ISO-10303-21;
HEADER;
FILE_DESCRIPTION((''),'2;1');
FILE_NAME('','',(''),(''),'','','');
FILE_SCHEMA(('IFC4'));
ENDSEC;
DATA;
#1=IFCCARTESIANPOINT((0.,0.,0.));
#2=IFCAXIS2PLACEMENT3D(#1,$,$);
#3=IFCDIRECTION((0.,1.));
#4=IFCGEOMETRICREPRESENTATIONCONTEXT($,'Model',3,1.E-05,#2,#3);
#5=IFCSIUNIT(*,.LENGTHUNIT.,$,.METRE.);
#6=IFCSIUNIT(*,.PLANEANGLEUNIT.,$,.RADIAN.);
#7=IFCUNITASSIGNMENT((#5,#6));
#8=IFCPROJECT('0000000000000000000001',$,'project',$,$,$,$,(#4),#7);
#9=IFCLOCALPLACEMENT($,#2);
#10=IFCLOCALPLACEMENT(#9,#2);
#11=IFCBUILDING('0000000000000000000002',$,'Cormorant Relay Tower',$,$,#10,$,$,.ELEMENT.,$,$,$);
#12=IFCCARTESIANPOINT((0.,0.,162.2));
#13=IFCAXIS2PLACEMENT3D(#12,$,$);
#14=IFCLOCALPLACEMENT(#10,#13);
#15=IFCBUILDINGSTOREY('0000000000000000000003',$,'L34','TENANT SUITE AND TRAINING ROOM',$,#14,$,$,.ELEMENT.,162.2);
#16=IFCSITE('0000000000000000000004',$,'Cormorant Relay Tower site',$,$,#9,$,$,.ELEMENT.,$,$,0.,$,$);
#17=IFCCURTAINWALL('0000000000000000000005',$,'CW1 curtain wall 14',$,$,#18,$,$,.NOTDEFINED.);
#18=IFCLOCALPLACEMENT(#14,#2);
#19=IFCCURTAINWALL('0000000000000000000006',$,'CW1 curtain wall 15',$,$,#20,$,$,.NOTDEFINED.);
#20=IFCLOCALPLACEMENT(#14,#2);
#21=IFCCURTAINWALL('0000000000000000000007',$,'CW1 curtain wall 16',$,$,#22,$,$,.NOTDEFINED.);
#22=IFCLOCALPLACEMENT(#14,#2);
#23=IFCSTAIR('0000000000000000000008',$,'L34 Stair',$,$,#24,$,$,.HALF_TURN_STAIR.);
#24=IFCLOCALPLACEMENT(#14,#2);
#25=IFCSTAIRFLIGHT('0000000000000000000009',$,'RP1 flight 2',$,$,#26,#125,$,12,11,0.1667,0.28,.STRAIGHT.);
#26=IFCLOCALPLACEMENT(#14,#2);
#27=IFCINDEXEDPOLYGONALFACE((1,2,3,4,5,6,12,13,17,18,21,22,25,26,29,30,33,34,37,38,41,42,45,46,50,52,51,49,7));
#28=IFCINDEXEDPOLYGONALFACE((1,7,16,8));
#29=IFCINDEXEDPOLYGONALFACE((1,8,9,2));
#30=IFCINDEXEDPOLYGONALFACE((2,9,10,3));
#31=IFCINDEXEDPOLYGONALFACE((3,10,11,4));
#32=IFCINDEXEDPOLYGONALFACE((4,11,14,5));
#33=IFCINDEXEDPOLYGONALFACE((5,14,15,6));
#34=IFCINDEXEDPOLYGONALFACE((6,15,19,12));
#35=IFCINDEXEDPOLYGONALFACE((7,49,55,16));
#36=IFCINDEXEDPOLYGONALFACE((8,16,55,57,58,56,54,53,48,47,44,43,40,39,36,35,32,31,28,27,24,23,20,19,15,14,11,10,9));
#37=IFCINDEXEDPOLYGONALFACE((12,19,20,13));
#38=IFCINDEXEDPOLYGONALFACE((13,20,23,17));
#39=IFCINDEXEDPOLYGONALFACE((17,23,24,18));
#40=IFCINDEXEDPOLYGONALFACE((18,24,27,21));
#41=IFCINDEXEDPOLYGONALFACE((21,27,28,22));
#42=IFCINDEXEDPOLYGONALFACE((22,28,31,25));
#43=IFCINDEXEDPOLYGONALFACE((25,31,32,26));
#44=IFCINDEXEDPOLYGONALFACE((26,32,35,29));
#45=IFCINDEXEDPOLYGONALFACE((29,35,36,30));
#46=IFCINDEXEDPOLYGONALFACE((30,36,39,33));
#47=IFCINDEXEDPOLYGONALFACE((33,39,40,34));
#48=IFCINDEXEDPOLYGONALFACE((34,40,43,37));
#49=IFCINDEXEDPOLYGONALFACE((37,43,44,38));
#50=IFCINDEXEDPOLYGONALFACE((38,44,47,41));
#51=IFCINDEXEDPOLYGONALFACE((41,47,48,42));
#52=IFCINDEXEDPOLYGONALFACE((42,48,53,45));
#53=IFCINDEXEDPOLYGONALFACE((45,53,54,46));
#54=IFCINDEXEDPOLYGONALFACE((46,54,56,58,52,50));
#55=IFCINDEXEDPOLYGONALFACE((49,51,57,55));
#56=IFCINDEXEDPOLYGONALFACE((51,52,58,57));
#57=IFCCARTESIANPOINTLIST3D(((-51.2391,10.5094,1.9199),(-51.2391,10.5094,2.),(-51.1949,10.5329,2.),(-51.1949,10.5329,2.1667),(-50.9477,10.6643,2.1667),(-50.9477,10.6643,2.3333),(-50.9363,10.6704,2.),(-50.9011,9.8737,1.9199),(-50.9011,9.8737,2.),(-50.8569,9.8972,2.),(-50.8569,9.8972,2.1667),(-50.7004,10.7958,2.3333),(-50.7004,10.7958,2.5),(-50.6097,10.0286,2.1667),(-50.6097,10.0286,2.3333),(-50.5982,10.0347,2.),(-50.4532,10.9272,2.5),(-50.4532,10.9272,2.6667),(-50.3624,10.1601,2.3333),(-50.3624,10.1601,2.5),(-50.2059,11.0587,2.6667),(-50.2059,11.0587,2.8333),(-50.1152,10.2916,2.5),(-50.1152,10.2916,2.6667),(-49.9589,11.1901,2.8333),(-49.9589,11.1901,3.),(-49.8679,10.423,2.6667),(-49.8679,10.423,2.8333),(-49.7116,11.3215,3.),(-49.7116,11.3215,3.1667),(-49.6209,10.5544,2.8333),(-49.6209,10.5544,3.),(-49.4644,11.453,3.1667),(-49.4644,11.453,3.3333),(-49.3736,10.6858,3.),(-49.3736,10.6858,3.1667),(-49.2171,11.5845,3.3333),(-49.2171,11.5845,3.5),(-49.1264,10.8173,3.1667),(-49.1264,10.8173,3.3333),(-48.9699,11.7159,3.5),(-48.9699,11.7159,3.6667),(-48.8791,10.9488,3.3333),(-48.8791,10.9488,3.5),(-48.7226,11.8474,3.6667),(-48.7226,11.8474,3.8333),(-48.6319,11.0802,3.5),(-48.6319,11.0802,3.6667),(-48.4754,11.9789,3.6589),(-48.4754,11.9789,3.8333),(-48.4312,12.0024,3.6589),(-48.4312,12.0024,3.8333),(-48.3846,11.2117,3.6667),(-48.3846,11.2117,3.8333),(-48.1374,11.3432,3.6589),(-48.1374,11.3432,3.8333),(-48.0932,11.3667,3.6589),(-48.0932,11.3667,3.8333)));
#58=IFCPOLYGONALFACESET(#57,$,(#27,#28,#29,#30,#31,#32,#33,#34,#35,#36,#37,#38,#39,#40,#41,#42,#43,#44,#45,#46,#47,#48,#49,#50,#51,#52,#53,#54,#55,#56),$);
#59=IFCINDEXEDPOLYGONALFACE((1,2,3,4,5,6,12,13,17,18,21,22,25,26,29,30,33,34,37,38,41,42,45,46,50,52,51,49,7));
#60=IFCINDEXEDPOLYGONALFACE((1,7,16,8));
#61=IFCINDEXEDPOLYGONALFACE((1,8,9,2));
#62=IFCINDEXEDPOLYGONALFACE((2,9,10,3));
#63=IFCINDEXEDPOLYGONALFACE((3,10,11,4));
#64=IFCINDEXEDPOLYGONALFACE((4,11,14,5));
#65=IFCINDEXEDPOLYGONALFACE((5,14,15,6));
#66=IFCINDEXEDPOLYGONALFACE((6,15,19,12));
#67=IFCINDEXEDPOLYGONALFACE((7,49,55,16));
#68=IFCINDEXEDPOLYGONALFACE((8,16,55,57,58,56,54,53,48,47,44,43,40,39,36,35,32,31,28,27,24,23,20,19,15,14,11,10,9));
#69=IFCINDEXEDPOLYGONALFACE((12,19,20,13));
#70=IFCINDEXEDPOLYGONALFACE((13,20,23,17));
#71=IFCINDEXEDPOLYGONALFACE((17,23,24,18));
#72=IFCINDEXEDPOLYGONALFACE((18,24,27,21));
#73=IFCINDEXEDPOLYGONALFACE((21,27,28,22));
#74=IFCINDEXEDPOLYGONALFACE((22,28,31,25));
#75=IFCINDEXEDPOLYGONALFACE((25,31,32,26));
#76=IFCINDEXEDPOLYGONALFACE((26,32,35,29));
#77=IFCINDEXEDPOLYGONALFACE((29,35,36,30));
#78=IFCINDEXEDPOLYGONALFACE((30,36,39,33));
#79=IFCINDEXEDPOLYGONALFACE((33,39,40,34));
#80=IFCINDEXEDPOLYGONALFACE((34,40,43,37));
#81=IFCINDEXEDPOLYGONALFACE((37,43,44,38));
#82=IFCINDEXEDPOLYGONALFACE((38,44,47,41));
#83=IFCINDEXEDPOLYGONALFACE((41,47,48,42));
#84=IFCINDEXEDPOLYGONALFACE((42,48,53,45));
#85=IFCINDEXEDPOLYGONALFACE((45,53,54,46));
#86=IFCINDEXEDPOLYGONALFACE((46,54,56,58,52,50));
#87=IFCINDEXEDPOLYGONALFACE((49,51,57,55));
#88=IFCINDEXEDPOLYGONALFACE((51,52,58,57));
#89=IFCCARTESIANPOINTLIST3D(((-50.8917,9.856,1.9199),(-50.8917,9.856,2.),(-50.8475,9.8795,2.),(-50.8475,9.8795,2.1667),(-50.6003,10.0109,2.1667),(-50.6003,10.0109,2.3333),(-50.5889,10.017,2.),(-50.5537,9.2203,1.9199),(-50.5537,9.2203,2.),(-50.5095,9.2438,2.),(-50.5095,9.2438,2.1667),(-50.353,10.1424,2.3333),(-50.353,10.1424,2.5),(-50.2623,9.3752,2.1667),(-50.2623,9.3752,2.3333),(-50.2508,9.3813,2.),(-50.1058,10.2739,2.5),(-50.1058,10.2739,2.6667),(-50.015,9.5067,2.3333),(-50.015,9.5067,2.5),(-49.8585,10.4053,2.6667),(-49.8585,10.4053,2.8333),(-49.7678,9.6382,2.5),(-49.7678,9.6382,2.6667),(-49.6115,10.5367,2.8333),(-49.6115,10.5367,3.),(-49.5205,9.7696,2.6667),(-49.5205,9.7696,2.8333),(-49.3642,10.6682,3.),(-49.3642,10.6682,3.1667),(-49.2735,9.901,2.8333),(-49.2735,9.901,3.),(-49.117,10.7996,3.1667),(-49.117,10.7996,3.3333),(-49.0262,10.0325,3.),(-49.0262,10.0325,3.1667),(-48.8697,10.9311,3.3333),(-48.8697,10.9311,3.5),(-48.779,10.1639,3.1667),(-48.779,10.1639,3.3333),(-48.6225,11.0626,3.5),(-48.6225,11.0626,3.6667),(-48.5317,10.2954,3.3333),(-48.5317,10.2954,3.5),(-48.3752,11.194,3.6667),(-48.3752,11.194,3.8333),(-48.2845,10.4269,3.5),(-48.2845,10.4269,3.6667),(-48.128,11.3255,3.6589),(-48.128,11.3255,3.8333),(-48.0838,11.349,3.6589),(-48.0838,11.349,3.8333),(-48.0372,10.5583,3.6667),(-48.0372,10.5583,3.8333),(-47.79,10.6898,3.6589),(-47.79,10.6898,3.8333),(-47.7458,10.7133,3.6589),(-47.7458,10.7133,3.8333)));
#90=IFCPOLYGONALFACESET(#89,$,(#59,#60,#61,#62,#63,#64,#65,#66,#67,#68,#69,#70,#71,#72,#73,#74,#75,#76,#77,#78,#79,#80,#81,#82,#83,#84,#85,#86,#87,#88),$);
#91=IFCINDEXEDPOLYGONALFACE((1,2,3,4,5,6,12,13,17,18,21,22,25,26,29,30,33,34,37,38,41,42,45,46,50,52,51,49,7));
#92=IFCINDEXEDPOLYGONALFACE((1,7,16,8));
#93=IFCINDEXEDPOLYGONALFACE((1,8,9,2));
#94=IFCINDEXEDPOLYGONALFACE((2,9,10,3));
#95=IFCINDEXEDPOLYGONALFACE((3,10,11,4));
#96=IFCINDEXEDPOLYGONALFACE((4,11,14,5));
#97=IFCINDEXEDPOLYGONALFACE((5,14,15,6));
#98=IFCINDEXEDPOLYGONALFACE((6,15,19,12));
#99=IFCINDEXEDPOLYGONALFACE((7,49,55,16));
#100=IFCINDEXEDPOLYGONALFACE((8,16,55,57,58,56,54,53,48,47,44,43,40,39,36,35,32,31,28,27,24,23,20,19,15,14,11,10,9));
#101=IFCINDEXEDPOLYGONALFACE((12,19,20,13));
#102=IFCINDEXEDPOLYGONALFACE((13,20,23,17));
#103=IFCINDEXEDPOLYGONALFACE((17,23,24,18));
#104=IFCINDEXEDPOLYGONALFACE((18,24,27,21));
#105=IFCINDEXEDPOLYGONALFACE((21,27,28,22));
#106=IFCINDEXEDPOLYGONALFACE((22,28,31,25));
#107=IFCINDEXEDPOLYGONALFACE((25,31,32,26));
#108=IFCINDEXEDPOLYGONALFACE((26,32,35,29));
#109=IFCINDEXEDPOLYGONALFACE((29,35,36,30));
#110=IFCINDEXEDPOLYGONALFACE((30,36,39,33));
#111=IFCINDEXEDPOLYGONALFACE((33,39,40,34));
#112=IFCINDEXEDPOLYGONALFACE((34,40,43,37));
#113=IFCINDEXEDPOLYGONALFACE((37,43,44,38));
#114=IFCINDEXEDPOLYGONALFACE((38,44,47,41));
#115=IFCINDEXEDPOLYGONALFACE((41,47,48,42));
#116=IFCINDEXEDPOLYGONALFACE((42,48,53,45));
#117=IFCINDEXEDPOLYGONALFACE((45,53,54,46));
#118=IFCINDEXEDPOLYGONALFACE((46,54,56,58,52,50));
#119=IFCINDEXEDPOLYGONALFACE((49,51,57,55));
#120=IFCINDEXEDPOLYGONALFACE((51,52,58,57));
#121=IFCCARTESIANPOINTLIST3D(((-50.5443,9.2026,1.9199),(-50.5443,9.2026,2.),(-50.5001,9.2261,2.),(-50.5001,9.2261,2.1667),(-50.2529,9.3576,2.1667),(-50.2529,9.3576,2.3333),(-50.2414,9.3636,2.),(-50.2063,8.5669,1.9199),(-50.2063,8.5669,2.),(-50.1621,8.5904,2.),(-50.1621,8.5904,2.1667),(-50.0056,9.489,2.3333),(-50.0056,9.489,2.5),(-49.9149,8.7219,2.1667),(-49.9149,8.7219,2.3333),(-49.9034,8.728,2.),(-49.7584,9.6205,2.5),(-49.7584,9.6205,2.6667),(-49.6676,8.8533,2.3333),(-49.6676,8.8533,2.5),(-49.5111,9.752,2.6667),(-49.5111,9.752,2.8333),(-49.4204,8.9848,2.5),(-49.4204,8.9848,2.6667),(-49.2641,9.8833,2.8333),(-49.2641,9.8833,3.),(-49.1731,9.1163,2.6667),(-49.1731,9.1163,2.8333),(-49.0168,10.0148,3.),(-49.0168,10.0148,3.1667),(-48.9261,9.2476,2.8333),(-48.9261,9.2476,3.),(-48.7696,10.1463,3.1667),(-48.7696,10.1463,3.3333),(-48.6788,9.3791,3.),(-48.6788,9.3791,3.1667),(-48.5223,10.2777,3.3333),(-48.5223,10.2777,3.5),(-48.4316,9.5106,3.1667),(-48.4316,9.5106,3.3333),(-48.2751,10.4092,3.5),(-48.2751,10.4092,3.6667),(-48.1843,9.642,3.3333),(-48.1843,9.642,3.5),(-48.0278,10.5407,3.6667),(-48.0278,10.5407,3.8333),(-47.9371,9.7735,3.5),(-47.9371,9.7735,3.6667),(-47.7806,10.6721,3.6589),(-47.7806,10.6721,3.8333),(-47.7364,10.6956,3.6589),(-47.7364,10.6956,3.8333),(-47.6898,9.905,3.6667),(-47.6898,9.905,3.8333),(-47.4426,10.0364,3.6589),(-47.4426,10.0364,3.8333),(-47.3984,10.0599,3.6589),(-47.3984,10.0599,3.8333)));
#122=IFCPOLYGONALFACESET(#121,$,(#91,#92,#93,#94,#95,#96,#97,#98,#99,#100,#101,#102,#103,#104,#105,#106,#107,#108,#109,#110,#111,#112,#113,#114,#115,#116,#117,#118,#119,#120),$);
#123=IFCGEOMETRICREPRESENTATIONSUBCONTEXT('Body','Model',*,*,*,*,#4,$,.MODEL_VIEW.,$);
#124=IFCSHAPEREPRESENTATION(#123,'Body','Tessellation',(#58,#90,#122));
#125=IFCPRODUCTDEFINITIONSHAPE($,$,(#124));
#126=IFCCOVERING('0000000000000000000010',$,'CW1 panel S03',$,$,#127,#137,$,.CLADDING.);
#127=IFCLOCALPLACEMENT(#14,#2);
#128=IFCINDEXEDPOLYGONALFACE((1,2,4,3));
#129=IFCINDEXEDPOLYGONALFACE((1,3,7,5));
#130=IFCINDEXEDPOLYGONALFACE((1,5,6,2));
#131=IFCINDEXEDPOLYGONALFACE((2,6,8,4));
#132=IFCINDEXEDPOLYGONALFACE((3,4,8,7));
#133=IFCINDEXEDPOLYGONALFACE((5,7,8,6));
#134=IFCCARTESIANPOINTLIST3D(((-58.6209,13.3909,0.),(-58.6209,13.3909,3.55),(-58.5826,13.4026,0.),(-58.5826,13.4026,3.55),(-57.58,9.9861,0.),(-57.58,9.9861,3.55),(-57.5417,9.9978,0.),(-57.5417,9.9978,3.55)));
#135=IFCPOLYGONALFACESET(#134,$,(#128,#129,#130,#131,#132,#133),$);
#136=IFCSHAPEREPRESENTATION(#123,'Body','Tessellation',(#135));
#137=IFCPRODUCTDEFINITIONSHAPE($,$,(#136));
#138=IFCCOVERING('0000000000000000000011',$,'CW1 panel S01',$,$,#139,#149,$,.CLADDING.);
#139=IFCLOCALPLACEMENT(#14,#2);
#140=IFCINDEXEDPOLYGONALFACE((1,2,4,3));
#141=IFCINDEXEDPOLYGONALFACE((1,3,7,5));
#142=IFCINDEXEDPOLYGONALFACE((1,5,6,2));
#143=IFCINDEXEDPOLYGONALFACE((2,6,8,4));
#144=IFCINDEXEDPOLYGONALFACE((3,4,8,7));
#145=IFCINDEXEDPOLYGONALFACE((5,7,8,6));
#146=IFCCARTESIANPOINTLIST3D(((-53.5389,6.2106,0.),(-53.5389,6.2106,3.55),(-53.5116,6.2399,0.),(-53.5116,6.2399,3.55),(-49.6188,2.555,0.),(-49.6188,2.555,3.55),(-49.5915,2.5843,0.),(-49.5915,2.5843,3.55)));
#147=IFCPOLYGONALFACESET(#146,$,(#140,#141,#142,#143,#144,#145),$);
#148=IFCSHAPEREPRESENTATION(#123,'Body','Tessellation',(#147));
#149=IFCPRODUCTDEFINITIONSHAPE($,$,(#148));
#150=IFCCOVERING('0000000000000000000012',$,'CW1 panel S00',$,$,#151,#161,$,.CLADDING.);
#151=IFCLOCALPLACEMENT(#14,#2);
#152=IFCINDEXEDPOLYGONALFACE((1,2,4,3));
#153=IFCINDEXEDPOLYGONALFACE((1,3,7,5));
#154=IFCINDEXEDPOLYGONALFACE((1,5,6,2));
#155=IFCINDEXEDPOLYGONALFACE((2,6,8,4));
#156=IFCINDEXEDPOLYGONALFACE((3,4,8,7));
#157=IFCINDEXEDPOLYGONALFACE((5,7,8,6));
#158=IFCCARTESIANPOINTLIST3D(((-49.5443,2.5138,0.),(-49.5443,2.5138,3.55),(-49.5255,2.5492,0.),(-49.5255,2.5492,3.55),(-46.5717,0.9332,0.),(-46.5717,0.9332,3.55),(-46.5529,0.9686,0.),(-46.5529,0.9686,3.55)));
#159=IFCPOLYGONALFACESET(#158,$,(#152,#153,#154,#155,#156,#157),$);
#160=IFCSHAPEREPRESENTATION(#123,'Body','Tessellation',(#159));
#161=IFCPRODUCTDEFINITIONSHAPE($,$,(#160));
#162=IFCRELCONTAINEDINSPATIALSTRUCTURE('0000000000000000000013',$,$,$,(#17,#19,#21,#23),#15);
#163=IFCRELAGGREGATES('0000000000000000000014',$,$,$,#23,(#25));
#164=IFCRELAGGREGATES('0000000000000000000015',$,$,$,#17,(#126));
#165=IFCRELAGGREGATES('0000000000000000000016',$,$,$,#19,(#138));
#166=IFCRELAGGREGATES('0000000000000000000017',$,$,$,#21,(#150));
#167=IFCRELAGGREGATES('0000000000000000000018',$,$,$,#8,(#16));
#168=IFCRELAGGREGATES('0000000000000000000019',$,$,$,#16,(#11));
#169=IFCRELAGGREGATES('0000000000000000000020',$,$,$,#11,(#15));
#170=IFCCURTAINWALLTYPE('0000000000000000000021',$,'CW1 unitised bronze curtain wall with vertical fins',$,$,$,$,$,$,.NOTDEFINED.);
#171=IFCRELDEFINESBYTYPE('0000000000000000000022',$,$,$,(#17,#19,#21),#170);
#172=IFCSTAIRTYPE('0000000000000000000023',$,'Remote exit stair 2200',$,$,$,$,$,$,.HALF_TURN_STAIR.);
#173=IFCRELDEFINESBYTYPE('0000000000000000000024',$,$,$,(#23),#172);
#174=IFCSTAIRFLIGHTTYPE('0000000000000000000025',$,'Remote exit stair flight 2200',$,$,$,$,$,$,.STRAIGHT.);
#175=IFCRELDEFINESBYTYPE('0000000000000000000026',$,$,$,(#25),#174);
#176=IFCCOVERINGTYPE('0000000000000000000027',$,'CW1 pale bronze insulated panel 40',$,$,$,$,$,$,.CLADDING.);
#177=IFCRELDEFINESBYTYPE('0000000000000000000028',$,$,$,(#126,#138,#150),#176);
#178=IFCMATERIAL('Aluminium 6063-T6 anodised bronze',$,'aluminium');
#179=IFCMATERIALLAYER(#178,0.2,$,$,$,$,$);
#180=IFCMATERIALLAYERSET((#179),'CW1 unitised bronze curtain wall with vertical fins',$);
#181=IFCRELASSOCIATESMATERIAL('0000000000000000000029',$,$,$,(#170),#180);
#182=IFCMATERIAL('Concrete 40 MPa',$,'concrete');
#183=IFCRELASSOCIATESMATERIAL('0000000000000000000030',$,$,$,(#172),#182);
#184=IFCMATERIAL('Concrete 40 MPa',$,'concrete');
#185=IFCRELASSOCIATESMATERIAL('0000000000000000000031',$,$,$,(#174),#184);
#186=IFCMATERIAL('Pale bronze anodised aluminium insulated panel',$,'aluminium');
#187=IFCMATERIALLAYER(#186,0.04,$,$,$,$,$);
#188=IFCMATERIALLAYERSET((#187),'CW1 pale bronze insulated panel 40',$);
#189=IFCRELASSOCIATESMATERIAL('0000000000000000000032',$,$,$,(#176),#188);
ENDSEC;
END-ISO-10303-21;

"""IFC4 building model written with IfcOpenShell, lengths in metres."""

from ifc_helpers import new_model, si_unit, direction, frame, origin, origin_2d, place, context, subcontext, project, spatial, polyline, rectangle, outline, extrude, material, layer, layer_set, type_object, element, aggregate, save


model = new_model("IFC4")

# Units and contexts
model_context = context("Model", 3, precision=1e-05, world=origin(), true_north=direction((0.0, 1.0)))
body_context = subcontext(model_context, "Body", "Model", "MODEL_VIEW")
ifc_project = project(units=[si_unit("LENGTHUNIT", "METRE"), si_unit("PLANEANGLEUNIT", "RADIAN")], contexts=[model_context])

# Site, building, storey
site_placement = place(None, origin())
site = spatial("IfcSite", under=ifc_project, at=site_placement, Name="Cormorant Relay Tower site", CompositionType="ELEMENT", RefElevation=0.0)
building_placement = place(site_placement, origin())
building = spatial("IfcBuilding", under=site, at=building_placement, Name="Cormorant Relay Tower", CompositionType="ELEMENT")
storey_placement = place(building_placement, frame((0.0, 0.0, 162.2)))
storey = spatial("IfcBuildingStorey", under=building, at=storey_placement, Name="L34", Description="TENANT SUITE AND TRAINING ROOM", CompositionType="ELEMENT", Elevation=162.2)

# Curtain wall
ifc_material_1 = material(Name="Aluminium 6063-T6 anodised bronze", Category="aluminium")
ifc_layer_1 = layer(ifc_material_1, 0.2)
ifc_layer_set_1 = layer_set([ifc_layer_1], Name="CW1 unitised bronze curtain wall with vertical fins")
curtain_wall_type = type_object("IfcCurtainWallType", Name="CW1 unitised bronze curtain wall with vertical fins", PredefinedType="NOTDEFINED", material=ifc_layer_set_1)
curtain_wall_1_placement = place(storey_placement, origin())
curtain_wall_1 = element("IfcCurtainWall", 1, at=curtain_wall_1_placement, inside=storey, type_object=curtain_wall_type, Name="CW1 curtain wall 14", PredefinedType="NOTDEFINED")

# Curtain wall
curtain_wall_2_placement = place(storey_placement, origin())
curtain_wall_2 = element("IfcCurtainWall", 2, at=curtain_wall_2_placement, inside=storey, type_object=curtain_wall_type, Name="CW1 curtain wall 15", PredefinedType="NOTDEFINED")

# Curtain wall
curtain_wall_3_placement = place(storey_placement, origin())
curtain_wall_3 = element("IfcCurtainWall", 3, at=curtain_wall_3_placement, inside=storey, type_object=curtain_wall_type, Name="CW1 curtain wall 16", PredefinedType="NOTDEFINED")

# Stair, stair flight
ifc_material_2 = material(Name="Concrete 40 MPa", Category="concrete")
stair_type = type_object("IfcStairType", Name="Remote exit stair 2200", PredefinedType="HALF_TURN_STAIR", material=ifc_material_2)
stair_placement = place(storey_placement, origin())
stair = element("IfcStair", 4, at=stair_placement, inside=storey, type_object=stair_type, Name="L34 Stair", PredefinedType="HALF_TURN_STAIR")
ifc_material_3 = material(Name="Concrete 40 MPa", Category="concrete")
stair_flight_type = type_object("IfcStairFlightType", Name="Remote exit stair flight 2200", PredefinedType="STRAIGHT", material=ifc_material_3)
stair_flight_1_placement = place(storey_placement, frame((-50.6785, 9.5615, 2.0), z_axis=(0.0, 0.0, 1.0), x_axis=(0.882948, 0.469472, 0.0)))
stair_flight_1 = element("IfcStairFlight", 5, at=stair_flight_1_placement, type_object=stair_flight_type, Name="RP1 flight 2", NumberOfRisers=12, NumberOfTreads=11, PredefinedType="STRAIGHT", RiserHeight=0.1667, TreadLength=0.28, context=body_context, shape_type="SweptSolid", body=[
    extrude(outline(polyline([(-0.05, -0.0801), (-0.05, 0.0), (0.0, 0.0), (0.0, 0.1667), (0.28, 0.1667), (0.28, 0.3333), (0.5601, 0.3333), (0.5601, 0.5), (0.8401, 0.5), (0.8401, 0.6667), (1.1201, 0.6667), (1.1201, 0.8333), (1.3999, 0.8333), (1.3999, 1.0), (1.6799, 1.0), (1.6799, 1.1667), (1.96, 1.1667), (1.96, 1.3333), (2.24, 1.3333), (2.24, 1.5), (2.52, 1.5), (2.52, 1.6667), (2.8, 1.6667), (2.8, 1.8333), (3.0801, 1.8333), (3.1301, 1.8333), (3.1301, 1.6589), (3.0801, 1.6589), (0.293, 0.0), (-0.05, -0.0801)])), frame((0.0, 1.1001, 0.0), z_axis=(0.0, -1.0, 0.0), x_axis=(1.0, 0.0, 0.0)), (0.0, 0.0, 1.0), 0.72),
    extrude(outline(polyline([(-0.05, -0.0801), (-0.05, 0.0), (0.0, 0.0), (0.0, 0.1667), (0.28, 0.1667), (0.28, 0.3333), (0.5601, 0.3333), (0.5601, 0.5), (0.8401, 0.5), (0.8401, 0.6667), (1.1201, 0.6667), (1.1201, 0.8333), (1.3999, 0.8333), (1.3999, 1.0), (1.6799, 1.0), (1.6799, 1.1667), (1.96, 1.1667), (1.96, 1.3333), (2.24, 1.3333), (2.24, 1.5), (2.52, 1.5), (2.52, 1.6667), (2.8, 1.6667), (2.8, 1.8333), (3.0801, 1.8333), (3.1301, 1.8333), (3.1301, 1.6589), (3.0801, 1.6589), (0.293, 0.0), (-0.05, -0.0801)])), frame((0.0, 0.3601, 0.0), z_axis=(0.0, -1.0, 0.0), x_axis=(1.0, 0.0, 0.0)), (0.0, 0.0, 1.0), 0.72),
    extrude(outline(polyline([(-0.05, -0.0801), (-0.05, 0.0), (0.0, 0.0), (0.0, 0.1667), (0.28, 0.1667), (0.28, 0.3333), (0.5601, 0.3333), (0.5601, 0.5), (0.8401, 0.5), (0.8401, 0.6667), (1.1201, 0.6667), (1.1201, 0.8333), (1.3999, 0.8333), (1.3999, 1.0), (1.6799, 1.0), (1.6799, 1.1667), (1.96, 1.1667), (1.96, 1.3333), (2.24, 1.3333), (2.24, 1.5), (2.52, 1.5), (2.52, 1.6667), (2.8, 1.6667), (2.8, 1.8333), (3.0801, 1.8333), (3.1301, 1.8333), (3.1301, 1.6589), (3.0801, 1.6589), (0.293, 0.0), (-0.05, -0.0801)])), frame((0.0, -0.3799, 0.0), z_axis=(0.0, -1.0, 0.0), x_axis=(1.0, 0.0, 0.0)), (0.0, 0.0, 1.0), 0.72),
])
aggregate(stair, [stair_flight_1])

# Coverings
ifc_material_4 = material(Name="Pale bronze anodised aluminium insulated panel", Category="aluminium")
ifc_layer_2 = layer(ifc_material_4, 0.04)
ifc_layer_set_2 = layer_set([ifc_layer_2], Name="CW1 pale bronze insulated panel 40")
covering_type = type_object("IfcCoveringType", Name="CW1 pale bronze insulated panel 40", PredefinedType="CLADDING", material=ifc_layer_set_2)
covering_1_placement = place(storey_placement, frame((-58.0813, 11.6943, 0.0), z_axis=(0.0, 0.0, 1.0), x_axis=(0.292372, -0.956305, 0.0)))
covering_1 = element("IfcCovering", 6, at=covering_1_placement, type_object=covering_type, Name="CW1 panel S03", PredefinedType="CLADDING", context=body_context, shape_type="SweptSolid", body=[
    extrude(rectangle(XDim=3.5603, YDim=0.04, at=origin_2d()), origin(), (0.0, 0.0, 1.0), 3.55),
])
aggregate(curtain_wall_1, [covering_1])
covering_2_placement = place(storey_placement, frame((-51.5652, 4.3975, 0.0), z_axis=(0.0, 0.0, 1.0), x_axis=(0.731354, -0.681998, 0.0)))
covering_2 = element("IfcCovering", 7, at=covering_2_placement, type_object=covering_type, Name="CW1 panel S01", PredefinedType="CLADDING", context=body_context, shape_type="SweptSolid", body=[
    extrude(rectangle(XDim=5.3601, YDim=0.04, at=origin_2d()), origin(), (0.0, 0.0, 1.0), 3.55),
])
aggregate(curtain_wall_2, [covering_2])
covering_3_placement = place(storey_placement, frame((-48.0486, 1.7412, 0.0), z_axis=(0.0, 0.0, 1.0), x_axis=(0.882948, -0.469472, 0.0)))
covering_3 = element("IfcCovering", 8, at=covering_3_placement, type_object=covering_type, Name="CW1 panel S00", PredefinedType="CLADDING", context=body_context, shape_type="SweptSolid", body=[
    extrude(rectangle(XDim=3.3667, YDim=0.04, at=origin_2d()), origin(), (0.0, 0.0, 1.0), 3.55),
])
aggregate(curtain_wall_3, [covering_3])

save(model, "model.ifc")
